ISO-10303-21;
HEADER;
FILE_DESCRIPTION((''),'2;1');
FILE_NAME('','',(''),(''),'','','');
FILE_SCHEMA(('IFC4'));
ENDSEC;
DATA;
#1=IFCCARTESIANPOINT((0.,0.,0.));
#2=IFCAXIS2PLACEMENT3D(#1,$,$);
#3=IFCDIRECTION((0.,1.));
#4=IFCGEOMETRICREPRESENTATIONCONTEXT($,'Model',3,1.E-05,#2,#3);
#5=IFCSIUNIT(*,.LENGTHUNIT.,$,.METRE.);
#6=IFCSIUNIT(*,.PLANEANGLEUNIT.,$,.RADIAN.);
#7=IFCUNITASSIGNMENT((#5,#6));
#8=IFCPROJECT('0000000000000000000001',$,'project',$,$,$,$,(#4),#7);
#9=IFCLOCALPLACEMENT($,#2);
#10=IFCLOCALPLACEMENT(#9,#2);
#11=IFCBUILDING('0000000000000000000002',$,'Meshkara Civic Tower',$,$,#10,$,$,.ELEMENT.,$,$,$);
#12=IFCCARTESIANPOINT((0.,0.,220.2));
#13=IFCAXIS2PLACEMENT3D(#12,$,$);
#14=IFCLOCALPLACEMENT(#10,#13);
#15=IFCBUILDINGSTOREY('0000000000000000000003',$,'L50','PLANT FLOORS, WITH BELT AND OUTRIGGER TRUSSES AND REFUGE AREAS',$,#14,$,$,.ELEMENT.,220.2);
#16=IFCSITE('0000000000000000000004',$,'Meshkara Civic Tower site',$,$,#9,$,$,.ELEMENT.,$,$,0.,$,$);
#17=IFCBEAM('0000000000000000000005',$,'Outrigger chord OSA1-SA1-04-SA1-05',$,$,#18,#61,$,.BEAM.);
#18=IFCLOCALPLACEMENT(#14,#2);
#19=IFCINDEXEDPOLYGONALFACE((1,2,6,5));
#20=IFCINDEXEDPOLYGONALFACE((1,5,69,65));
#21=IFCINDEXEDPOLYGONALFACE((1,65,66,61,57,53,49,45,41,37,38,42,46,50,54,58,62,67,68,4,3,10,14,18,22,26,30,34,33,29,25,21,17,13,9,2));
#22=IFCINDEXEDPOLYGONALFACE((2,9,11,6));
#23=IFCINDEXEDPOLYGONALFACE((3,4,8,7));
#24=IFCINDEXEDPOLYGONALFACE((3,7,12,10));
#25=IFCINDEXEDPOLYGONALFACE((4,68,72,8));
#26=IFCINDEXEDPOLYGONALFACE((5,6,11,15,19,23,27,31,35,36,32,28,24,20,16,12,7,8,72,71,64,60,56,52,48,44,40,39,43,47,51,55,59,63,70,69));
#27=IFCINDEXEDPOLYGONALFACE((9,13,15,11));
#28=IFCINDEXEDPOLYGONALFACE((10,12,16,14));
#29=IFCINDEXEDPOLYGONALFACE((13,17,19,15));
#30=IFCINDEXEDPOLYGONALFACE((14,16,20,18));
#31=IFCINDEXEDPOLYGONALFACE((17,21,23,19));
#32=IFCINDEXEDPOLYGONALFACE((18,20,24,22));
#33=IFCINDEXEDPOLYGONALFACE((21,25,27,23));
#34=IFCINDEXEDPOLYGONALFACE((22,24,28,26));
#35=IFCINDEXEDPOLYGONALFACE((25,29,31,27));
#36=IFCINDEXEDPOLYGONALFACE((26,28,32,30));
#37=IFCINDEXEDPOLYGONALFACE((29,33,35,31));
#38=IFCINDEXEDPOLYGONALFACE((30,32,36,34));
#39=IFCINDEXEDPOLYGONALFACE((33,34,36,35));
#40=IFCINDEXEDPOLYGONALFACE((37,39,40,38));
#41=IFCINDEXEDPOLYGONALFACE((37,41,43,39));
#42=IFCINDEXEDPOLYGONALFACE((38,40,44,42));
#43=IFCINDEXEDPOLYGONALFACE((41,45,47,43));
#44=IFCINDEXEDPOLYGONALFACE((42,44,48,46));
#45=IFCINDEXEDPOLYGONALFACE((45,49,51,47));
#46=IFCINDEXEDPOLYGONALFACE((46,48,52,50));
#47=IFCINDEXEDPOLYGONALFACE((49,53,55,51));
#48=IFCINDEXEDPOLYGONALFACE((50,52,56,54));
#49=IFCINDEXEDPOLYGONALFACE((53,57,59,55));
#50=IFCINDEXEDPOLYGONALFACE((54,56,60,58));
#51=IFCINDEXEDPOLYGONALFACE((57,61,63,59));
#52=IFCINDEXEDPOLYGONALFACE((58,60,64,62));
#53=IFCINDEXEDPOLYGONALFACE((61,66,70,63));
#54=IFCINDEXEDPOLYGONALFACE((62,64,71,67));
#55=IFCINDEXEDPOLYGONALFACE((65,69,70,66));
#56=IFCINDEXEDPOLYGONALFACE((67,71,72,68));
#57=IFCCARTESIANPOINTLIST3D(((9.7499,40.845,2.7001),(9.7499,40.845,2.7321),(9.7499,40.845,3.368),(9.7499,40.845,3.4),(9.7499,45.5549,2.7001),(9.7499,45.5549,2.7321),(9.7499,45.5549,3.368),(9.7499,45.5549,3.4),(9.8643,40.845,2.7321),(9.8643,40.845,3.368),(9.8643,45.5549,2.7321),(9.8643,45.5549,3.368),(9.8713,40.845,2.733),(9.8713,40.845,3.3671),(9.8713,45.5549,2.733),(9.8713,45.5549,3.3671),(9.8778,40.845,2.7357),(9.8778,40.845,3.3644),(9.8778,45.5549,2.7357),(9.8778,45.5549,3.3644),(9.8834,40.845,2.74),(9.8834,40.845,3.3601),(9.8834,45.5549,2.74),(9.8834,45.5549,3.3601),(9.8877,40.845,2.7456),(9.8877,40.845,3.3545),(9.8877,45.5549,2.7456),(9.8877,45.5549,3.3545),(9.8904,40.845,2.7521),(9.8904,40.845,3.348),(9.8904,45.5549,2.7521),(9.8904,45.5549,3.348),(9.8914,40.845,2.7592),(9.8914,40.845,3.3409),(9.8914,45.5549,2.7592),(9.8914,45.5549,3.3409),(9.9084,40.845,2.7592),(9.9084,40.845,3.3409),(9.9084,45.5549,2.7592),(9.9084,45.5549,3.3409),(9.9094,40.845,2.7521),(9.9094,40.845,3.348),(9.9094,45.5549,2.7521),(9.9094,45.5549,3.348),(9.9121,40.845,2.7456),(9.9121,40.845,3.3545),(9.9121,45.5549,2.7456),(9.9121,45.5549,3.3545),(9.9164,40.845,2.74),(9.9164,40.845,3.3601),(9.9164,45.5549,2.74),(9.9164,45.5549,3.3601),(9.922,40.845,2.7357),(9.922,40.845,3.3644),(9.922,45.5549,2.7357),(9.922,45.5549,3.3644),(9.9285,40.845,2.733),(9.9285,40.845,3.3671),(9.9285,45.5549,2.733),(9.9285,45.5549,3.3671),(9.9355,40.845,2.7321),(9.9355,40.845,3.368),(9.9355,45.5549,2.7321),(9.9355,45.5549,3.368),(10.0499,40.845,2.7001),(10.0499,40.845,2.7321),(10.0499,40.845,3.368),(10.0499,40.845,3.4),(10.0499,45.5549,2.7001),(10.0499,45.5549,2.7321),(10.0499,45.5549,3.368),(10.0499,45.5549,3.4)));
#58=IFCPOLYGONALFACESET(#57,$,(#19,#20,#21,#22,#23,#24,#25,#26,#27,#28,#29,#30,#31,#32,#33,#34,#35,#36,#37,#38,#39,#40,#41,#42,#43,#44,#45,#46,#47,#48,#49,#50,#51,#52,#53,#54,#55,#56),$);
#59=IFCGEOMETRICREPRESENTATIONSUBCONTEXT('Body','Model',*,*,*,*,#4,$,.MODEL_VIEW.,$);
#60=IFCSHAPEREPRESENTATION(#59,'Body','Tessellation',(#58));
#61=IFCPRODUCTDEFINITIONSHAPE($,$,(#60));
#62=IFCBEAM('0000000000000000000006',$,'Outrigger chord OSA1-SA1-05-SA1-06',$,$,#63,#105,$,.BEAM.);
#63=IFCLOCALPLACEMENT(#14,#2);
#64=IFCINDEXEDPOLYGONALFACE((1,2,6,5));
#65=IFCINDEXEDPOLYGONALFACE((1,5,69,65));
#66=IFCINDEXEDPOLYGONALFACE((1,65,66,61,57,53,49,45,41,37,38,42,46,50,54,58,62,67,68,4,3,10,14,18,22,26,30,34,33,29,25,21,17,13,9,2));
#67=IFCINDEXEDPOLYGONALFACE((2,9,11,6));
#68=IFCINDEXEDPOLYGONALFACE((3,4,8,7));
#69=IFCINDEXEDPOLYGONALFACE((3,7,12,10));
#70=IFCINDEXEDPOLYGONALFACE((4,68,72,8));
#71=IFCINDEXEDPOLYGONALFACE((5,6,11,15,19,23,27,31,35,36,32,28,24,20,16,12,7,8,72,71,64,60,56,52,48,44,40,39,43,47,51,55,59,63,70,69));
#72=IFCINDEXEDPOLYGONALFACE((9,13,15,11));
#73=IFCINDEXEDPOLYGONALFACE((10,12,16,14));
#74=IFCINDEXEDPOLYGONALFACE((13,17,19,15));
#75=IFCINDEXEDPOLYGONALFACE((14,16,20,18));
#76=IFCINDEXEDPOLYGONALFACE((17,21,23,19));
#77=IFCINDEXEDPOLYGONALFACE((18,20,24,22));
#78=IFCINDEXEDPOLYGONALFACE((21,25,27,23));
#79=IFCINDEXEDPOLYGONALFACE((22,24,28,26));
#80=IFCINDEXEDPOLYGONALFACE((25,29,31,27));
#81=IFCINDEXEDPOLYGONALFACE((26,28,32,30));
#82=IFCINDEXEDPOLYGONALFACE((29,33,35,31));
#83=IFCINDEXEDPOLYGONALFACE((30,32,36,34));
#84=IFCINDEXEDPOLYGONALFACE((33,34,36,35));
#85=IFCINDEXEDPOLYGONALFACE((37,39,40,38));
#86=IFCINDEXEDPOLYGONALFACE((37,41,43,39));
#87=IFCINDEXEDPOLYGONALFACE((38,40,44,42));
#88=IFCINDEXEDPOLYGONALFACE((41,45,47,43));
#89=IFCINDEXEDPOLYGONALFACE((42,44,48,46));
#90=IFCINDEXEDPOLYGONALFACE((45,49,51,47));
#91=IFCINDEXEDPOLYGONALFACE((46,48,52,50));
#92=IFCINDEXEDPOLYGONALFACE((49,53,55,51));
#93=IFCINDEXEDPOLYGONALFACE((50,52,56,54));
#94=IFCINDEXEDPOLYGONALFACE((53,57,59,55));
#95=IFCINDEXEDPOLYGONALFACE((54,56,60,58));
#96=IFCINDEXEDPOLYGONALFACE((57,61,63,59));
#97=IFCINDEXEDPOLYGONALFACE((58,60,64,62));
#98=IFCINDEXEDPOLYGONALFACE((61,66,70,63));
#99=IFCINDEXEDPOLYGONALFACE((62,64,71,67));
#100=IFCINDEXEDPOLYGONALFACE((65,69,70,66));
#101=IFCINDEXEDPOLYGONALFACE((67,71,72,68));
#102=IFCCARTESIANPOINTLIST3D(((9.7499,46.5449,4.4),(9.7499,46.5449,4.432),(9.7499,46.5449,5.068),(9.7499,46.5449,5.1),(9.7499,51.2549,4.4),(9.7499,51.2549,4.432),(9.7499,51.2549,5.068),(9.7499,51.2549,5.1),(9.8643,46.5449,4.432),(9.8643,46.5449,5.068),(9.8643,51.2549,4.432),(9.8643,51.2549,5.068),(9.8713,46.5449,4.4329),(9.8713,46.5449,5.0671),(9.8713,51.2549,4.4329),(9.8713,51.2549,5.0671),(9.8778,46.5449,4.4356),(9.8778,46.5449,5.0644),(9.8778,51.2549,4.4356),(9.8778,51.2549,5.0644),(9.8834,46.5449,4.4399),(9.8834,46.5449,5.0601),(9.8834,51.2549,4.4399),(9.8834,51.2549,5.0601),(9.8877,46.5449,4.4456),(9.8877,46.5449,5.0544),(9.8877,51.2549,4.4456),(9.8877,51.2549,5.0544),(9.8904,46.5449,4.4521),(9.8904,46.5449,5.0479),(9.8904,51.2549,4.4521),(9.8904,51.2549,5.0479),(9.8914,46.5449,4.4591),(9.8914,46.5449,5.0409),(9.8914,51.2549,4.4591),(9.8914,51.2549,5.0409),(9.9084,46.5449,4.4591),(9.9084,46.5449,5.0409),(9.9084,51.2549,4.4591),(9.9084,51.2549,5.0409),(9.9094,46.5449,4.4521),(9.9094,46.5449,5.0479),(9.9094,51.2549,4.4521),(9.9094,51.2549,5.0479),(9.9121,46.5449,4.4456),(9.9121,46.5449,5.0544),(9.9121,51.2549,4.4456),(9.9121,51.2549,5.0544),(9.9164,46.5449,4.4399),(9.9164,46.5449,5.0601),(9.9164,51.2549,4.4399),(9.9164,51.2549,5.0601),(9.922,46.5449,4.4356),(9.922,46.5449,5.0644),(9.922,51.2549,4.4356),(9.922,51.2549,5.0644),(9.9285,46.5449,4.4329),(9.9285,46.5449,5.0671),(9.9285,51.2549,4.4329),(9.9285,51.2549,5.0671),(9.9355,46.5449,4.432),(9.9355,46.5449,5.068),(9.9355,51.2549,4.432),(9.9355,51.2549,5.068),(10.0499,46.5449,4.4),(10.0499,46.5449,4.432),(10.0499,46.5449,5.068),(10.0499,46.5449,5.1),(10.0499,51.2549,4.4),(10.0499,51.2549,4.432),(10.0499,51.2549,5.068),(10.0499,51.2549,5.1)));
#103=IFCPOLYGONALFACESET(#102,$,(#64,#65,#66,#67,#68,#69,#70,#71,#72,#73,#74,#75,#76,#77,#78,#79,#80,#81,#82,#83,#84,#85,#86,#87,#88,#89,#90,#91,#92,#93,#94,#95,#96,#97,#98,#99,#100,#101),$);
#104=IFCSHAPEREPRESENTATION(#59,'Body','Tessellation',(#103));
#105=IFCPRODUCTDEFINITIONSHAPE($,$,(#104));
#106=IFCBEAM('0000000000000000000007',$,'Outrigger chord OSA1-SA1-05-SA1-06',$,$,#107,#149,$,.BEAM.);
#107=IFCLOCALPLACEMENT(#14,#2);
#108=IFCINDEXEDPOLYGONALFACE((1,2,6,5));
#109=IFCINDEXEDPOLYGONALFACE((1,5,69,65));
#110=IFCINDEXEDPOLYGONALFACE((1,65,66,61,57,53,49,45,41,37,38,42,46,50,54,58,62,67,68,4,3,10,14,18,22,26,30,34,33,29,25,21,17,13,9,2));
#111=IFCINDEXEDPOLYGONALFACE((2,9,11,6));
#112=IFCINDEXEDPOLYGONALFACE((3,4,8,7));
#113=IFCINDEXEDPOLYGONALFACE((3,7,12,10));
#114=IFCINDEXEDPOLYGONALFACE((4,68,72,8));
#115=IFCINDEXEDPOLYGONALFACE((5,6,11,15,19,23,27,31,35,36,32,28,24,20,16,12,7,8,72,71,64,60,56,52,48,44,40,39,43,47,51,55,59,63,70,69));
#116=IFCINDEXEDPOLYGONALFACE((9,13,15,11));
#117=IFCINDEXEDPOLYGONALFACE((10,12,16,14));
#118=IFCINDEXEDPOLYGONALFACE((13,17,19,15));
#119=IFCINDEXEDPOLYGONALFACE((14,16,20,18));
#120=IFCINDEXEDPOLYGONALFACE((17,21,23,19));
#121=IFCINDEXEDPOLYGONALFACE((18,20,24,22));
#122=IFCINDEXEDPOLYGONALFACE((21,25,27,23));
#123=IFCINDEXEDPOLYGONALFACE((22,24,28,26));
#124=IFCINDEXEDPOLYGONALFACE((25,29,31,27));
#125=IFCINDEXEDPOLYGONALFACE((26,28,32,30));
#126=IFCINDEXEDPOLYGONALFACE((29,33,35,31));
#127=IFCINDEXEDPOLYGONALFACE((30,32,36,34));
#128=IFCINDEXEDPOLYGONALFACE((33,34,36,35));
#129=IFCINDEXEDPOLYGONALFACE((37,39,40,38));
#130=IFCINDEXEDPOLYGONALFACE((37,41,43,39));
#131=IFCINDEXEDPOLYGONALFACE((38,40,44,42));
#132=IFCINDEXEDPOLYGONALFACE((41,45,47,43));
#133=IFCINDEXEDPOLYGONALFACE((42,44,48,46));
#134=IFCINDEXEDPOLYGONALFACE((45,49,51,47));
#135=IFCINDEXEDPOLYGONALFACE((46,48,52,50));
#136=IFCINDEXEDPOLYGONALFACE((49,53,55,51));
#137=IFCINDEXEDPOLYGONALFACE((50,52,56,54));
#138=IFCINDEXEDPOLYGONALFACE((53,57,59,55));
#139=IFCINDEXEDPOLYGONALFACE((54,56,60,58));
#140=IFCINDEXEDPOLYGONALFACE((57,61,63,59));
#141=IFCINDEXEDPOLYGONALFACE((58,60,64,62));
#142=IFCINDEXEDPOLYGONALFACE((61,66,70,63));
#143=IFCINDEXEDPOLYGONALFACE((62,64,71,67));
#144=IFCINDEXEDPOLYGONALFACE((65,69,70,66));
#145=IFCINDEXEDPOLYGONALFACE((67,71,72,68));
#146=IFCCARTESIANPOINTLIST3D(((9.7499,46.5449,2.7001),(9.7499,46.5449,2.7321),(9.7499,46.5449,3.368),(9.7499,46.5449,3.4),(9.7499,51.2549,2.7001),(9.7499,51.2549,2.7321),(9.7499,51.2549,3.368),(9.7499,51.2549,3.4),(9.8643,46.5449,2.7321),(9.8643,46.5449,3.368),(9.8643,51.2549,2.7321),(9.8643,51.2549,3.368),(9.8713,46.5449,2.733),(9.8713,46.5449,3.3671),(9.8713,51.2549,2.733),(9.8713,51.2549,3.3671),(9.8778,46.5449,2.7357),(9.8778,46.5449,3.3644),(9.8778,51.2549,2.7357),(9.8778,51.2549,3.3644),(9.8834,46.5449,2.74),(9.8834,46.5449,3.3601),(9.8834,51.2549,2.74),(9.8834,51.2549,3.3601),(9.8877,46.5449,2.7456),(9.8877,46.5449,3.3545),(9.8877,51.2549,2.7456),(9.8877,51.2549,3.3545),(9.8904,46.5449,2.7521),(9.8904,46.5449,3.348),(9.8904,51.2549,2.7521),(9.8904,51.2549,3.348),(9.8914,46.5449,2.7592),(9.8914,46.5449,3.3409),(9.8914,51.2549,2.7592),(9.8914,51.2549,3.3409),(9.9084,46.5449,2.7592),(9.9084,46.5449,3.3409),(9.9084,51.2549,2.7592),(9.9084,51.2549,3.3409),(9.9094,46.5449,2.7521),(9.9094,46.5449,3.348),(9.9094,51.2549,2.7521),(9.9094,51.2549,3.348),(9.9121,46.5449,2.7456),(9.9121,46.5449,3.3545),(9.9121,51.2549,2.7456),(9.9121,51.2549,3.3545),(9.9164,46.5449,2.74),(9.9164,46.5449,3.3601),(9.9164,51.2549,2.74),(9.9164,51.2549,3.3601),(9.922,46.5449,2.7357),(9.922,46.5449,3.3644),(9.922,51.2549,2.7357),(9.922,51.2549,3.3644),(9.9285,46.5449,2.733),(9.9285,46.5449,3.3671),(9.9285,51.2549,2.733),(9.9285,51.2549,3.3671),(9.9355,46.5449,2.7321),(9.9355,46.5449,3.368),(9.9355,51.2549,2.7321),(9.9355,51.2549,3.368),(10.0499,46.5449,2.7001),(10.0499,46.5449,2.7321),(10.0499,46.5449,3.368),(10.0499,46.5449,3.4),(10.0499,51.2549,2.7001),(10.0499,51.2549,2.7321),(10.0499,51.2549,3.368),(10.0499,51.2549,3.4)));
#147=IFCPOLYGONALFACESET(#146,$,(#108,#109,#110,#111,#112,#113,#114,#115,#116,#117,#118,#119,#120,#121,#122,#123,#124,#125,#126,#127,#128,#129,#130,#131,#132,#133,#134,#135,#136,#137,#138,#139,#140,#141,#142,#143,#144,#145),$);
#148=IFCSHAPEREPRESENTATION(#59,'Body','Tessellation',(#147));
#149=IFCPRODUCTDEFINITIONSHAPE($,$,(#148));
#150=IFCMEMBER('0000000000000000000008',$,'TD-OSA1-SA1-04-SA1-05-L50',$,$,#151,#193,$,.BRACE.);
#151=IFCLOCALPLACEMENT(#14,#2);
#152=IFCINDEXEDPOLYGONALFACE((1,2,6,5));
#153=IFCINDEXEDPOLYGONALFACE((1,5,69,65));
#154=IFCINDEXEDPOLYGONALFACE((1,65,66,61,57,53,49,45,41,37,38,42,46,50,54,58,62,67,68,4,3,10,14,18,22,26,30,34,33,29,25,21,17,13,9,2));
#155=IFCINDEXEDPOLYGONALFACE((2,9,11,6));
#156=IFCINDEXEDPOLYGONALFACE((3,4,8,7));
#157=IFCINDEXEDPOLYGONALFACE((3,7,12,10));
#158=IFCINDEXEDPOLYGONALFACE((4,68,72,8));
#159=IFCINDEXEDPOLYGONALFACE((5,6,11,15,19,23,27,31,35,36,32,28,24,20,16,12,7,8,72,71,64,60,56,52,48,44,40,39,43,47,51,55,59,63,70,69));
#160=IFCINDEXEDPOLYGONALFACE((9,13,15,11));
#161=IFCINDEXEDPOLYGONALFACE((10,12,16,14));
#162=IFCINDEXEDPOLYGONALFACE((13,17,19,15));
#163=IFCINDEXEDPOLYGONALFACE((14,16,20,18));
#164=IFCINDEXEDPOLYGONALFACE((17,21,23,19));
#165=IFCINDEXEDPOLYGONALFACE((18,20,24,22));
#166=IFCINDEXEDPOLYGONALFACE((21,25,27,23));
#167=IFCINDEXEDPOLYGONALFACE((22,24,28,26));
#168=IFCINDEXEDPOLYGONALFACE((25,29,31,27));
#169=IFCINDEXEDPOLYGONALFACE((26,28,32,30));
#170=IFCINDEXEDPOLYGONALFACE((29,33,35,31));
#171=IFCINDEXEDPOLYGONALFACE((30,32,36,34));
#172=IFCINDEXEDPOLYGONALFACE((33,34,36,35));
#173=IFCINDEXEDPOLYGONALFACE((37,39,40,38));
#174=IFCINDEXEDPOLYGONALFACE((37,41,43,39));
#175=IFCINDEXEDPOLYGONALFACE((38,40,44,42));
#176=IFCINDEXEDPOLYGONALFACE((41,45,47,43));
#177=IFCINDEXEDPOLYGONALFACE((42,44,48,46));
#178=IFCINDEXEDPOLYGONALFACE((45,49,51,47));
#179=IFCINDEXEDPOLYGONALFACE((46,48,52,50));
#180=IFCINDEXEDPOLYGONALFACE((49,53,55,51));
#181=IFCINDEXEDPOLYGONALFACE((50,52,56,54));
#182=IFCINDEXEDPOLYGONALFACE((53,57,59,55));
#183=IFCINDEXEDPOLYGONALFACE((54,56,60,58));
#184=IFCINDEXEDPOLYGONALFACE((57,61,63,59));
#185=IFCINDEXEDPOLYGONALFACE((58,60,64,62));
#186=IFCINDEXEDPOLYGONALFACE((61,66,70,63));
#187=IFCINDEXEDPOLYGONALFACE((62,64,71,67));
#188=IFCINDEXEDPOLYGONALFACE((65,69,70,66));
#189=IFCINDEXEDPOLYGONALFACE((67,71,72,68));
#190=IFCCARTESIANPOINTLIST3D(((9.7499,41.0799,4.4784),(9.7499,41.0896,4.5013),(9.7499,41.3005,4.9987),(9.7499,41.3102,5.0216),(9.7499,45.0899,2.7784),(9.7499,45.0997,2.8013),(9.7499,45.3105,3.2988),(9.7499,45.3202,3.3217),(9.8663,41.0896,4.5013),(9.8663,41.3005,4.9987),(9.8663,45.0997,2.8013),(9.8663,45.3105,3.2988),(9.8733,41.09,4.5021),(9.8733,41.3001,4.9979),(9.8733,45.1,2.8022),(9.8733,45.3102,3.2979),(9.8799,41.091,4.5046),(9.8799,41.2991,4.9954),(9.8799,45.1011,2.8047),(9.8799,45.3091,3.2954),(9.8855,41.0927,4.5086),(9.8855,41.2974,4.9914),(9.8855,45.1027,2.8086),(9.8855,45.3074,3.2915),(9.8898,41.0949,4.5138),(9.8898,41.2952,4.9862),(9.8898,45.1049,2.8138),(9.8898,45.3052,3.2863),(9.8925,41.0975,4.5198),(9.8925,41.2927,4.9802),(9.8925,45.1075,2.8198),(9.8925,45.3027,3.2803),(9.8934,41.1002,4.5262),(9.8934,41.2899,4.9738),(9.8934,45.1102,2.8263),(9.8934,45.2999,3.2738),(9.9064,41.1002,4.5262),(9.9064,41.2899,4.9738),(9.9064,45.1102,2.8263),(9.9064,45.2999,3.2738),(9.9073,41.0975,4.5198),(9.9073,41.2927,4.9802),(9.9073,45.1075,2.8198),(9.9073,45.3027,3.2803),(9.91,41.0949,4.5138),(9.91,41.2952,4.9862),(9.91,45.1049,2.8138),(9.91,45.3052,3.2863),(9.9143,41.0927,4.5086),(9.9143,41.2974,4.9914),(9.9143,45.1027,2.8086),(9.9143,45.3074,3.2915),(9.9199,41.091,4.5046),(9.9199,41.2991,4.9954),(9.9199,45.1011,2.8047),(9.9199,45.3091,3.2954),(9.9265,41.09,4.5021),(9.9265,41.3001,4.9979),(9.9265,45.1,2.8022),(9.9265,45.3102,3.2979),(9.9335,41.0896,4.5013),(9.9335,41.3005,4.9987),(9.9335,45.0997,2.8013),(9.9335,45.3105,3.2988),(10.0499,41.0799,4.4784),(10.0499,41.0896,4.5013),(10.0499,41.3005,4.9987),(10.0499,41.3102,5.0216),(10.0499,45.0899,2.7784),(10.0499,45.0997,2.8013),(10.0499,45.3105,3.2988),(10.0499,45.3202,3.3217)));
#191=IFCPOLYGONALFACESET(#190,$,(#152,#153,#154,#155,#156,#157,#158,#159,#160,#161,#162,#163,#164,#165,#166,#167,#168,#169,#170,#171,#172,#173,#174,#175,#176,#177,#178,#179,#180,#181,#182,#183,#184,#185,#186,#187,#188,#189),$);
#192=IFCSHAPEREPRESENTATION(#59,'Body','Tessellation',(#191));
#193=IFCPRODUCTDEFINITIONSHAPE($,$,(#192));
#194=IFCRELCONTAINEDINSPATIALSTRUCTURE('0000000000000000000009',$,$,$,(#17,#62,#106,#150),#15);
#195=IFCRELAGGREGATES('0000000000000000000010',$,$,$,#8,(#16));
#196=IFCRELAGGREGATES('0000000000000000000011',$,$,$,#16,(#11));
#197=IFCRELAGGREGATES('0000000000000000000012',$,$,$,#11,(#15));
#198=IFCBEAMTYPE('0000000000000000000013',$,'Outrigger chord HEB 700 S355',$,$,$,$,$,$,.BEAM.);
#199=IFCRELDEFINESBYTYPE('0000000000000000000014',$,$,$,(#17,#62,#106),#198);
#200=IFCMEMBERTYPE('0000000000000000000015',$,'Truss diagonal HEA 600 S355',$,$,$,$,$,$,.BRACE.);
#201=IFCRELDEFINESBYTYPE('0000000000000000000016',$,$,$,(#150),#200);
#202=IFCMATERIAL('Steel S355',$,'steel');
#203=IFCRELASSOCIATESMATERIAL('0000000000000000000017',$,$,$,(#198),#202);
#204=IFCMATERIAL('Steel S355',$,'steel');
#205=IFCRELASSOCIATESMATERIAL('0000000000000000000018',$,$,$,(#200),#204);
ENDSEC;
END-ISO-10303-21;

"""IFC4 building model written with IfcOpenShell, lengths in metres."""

from ifc_helpers import new_model, si_unit, direction, frame, origin, origin_2d, place, context, subcontext, project, spatial, i_section, extrude, material, material_profile, profile_set, type_object, element, save


model = new_model("IFC4")

# Units and contexts
model_context = context("Model", 3, precision=1e-05, world=origin(), true_north=direction((0.0, 1.0)))
body_context = subcontext(model_context, "Body", "Model", "MODEL_VIEW")
ifc_project = project(units=[si_unit("LENGTHUNIT", "METRE"), si_unit("PLANEANGLEUNIT", "RADIAN")], contexts=[model_context])

# Site, building, storey
site_placement = place(None, origin())
site = spatial("IfcSite", under=ifc_project, at=site_placement, Name="Meshkara Civic Tower site", CompositionType="ELEMENT", RefElevation=0.0)
building_placement = place(site_placement, origin())
building = spatial("IfcBuilding", under=site, at=building_placement, Name="Meshkara Civic Tower", CompositionType="ELEMENT")
storey_placement = place(building_placement, frame((0.0, 0.0, 220.2)))
storey = spatial("IfcBuildingStorey", under=building, at=storey_placement, Name="L50", Description="PLANT FLOORS, WITH BELT AND OUTRIGGER TRUSSES AND REFUGE AREAS", CompositionType="ELEMENT", Elevation=220.2)

# Beams
ifc_material_1 = material(Name="Steel S355", Category="steel")
ifc_material_profile_1 = material_profile(ifc_material_1, i_section(OverallWidth=0.3, OverallDepth=0.7, WebThickness=0.0171, FlangeThickness=0.032, FilletRadius=0.0271, at=origin_2d()))
ifc_profile_set_1 = profile_set([ifc_material_profile_1], Name="Steel S355")
beam_type_1 = type_object("IfcBeamType", Name="Outrigger chord HEB 700 S355", PredefinedType="BEAM", material=ifc_profile_set_1)
for number, where, z_axis, x_axis, name in (
    (1, (9.8999, 40.845, 3.05), (0.0, 1.0, 0.0), (-1.0, 0.0, 0.0), "Outrigger chord OSA1-SA1-04-SA1-05"),
    (2, (9.8999, 46.5449, 4.75), (0.0, 1.0, 0.0), (-1.0, 0.0, 0.0), "Outrigger chord OSA1-SA1-05-SA1-06"),
    (3, (9.8999, 46.5449, 3.05), (0.0, 1.0, 0.0), (-1.0, 0.0, 0.0), "Outrigger chord OSA1-SA1-05-SA1-06"),
):
    element("IfcBeam", number, at=place(storey_placement, frame(where, z_axis=z_axis, x_axis=x_axis)), inside=storey, type_object=beam_type_1, Name=name, PredefinedType="BEAM", context=body_context, shape_type="SweptSolid", body=[
        extrude(i_section(OverallWidth=0.3, OverallDepth=0.7, WebThickness=0.0171, FlangeThickness=0.032, FilletRadius=0.0271, at=origin_2d()), origin(), (0.0, 0.0, 1.0), 4.71),
    ])

# Member
ifc_material_2 = material(Name="Steel S355", Category="steel")
ifc_material_profile_2 = material_profile(ifc_material_2, i_section(OverallWidth=0.3, OverallDepth=0.5901, WebThickness=0.0129, FlangeThickness=0.0249, FilletRadius=0.0271, at=origin_2d()))
ifc_profile_set_2 = profile_set([ifc_material_profile_2], Name="Steel S355")
member_type_1 = type_object("IfcMemberType", Name="Truss diagonal HEA 600 S355", PredefinedType="BRACE", material=ifc_profile_set_2)
for number, where, z_axis, x_axis, name in (
    (4, (9.8999, 41.1951, 4.75), (0.0, 0.920686, -0.390304), (-1.0, 0.0, 0.0), "TD-OSA1-SA1-04-SA1-05-L50"),
):
    element("IfcMember", number, at=place(storey_placement, frame(where, z_axis=z_axis, x_axis=x_axis)), inside=storey, type_object=member_type_1, Name=name, PredefinedType="BRACE", context=body_context, shape_type="SweptSolid", body=[
        extrude(i_section(OverallWidth=0.3, OverallDepth=0.5901, WebThickness=0.0129, FlangeThickness=0.0249, FilletRadius=0.0271, at=origin_2d()), origin(), (0.0, 0.0, 1.0), 4.3555),
    ])

save(model, "model.ifc")
